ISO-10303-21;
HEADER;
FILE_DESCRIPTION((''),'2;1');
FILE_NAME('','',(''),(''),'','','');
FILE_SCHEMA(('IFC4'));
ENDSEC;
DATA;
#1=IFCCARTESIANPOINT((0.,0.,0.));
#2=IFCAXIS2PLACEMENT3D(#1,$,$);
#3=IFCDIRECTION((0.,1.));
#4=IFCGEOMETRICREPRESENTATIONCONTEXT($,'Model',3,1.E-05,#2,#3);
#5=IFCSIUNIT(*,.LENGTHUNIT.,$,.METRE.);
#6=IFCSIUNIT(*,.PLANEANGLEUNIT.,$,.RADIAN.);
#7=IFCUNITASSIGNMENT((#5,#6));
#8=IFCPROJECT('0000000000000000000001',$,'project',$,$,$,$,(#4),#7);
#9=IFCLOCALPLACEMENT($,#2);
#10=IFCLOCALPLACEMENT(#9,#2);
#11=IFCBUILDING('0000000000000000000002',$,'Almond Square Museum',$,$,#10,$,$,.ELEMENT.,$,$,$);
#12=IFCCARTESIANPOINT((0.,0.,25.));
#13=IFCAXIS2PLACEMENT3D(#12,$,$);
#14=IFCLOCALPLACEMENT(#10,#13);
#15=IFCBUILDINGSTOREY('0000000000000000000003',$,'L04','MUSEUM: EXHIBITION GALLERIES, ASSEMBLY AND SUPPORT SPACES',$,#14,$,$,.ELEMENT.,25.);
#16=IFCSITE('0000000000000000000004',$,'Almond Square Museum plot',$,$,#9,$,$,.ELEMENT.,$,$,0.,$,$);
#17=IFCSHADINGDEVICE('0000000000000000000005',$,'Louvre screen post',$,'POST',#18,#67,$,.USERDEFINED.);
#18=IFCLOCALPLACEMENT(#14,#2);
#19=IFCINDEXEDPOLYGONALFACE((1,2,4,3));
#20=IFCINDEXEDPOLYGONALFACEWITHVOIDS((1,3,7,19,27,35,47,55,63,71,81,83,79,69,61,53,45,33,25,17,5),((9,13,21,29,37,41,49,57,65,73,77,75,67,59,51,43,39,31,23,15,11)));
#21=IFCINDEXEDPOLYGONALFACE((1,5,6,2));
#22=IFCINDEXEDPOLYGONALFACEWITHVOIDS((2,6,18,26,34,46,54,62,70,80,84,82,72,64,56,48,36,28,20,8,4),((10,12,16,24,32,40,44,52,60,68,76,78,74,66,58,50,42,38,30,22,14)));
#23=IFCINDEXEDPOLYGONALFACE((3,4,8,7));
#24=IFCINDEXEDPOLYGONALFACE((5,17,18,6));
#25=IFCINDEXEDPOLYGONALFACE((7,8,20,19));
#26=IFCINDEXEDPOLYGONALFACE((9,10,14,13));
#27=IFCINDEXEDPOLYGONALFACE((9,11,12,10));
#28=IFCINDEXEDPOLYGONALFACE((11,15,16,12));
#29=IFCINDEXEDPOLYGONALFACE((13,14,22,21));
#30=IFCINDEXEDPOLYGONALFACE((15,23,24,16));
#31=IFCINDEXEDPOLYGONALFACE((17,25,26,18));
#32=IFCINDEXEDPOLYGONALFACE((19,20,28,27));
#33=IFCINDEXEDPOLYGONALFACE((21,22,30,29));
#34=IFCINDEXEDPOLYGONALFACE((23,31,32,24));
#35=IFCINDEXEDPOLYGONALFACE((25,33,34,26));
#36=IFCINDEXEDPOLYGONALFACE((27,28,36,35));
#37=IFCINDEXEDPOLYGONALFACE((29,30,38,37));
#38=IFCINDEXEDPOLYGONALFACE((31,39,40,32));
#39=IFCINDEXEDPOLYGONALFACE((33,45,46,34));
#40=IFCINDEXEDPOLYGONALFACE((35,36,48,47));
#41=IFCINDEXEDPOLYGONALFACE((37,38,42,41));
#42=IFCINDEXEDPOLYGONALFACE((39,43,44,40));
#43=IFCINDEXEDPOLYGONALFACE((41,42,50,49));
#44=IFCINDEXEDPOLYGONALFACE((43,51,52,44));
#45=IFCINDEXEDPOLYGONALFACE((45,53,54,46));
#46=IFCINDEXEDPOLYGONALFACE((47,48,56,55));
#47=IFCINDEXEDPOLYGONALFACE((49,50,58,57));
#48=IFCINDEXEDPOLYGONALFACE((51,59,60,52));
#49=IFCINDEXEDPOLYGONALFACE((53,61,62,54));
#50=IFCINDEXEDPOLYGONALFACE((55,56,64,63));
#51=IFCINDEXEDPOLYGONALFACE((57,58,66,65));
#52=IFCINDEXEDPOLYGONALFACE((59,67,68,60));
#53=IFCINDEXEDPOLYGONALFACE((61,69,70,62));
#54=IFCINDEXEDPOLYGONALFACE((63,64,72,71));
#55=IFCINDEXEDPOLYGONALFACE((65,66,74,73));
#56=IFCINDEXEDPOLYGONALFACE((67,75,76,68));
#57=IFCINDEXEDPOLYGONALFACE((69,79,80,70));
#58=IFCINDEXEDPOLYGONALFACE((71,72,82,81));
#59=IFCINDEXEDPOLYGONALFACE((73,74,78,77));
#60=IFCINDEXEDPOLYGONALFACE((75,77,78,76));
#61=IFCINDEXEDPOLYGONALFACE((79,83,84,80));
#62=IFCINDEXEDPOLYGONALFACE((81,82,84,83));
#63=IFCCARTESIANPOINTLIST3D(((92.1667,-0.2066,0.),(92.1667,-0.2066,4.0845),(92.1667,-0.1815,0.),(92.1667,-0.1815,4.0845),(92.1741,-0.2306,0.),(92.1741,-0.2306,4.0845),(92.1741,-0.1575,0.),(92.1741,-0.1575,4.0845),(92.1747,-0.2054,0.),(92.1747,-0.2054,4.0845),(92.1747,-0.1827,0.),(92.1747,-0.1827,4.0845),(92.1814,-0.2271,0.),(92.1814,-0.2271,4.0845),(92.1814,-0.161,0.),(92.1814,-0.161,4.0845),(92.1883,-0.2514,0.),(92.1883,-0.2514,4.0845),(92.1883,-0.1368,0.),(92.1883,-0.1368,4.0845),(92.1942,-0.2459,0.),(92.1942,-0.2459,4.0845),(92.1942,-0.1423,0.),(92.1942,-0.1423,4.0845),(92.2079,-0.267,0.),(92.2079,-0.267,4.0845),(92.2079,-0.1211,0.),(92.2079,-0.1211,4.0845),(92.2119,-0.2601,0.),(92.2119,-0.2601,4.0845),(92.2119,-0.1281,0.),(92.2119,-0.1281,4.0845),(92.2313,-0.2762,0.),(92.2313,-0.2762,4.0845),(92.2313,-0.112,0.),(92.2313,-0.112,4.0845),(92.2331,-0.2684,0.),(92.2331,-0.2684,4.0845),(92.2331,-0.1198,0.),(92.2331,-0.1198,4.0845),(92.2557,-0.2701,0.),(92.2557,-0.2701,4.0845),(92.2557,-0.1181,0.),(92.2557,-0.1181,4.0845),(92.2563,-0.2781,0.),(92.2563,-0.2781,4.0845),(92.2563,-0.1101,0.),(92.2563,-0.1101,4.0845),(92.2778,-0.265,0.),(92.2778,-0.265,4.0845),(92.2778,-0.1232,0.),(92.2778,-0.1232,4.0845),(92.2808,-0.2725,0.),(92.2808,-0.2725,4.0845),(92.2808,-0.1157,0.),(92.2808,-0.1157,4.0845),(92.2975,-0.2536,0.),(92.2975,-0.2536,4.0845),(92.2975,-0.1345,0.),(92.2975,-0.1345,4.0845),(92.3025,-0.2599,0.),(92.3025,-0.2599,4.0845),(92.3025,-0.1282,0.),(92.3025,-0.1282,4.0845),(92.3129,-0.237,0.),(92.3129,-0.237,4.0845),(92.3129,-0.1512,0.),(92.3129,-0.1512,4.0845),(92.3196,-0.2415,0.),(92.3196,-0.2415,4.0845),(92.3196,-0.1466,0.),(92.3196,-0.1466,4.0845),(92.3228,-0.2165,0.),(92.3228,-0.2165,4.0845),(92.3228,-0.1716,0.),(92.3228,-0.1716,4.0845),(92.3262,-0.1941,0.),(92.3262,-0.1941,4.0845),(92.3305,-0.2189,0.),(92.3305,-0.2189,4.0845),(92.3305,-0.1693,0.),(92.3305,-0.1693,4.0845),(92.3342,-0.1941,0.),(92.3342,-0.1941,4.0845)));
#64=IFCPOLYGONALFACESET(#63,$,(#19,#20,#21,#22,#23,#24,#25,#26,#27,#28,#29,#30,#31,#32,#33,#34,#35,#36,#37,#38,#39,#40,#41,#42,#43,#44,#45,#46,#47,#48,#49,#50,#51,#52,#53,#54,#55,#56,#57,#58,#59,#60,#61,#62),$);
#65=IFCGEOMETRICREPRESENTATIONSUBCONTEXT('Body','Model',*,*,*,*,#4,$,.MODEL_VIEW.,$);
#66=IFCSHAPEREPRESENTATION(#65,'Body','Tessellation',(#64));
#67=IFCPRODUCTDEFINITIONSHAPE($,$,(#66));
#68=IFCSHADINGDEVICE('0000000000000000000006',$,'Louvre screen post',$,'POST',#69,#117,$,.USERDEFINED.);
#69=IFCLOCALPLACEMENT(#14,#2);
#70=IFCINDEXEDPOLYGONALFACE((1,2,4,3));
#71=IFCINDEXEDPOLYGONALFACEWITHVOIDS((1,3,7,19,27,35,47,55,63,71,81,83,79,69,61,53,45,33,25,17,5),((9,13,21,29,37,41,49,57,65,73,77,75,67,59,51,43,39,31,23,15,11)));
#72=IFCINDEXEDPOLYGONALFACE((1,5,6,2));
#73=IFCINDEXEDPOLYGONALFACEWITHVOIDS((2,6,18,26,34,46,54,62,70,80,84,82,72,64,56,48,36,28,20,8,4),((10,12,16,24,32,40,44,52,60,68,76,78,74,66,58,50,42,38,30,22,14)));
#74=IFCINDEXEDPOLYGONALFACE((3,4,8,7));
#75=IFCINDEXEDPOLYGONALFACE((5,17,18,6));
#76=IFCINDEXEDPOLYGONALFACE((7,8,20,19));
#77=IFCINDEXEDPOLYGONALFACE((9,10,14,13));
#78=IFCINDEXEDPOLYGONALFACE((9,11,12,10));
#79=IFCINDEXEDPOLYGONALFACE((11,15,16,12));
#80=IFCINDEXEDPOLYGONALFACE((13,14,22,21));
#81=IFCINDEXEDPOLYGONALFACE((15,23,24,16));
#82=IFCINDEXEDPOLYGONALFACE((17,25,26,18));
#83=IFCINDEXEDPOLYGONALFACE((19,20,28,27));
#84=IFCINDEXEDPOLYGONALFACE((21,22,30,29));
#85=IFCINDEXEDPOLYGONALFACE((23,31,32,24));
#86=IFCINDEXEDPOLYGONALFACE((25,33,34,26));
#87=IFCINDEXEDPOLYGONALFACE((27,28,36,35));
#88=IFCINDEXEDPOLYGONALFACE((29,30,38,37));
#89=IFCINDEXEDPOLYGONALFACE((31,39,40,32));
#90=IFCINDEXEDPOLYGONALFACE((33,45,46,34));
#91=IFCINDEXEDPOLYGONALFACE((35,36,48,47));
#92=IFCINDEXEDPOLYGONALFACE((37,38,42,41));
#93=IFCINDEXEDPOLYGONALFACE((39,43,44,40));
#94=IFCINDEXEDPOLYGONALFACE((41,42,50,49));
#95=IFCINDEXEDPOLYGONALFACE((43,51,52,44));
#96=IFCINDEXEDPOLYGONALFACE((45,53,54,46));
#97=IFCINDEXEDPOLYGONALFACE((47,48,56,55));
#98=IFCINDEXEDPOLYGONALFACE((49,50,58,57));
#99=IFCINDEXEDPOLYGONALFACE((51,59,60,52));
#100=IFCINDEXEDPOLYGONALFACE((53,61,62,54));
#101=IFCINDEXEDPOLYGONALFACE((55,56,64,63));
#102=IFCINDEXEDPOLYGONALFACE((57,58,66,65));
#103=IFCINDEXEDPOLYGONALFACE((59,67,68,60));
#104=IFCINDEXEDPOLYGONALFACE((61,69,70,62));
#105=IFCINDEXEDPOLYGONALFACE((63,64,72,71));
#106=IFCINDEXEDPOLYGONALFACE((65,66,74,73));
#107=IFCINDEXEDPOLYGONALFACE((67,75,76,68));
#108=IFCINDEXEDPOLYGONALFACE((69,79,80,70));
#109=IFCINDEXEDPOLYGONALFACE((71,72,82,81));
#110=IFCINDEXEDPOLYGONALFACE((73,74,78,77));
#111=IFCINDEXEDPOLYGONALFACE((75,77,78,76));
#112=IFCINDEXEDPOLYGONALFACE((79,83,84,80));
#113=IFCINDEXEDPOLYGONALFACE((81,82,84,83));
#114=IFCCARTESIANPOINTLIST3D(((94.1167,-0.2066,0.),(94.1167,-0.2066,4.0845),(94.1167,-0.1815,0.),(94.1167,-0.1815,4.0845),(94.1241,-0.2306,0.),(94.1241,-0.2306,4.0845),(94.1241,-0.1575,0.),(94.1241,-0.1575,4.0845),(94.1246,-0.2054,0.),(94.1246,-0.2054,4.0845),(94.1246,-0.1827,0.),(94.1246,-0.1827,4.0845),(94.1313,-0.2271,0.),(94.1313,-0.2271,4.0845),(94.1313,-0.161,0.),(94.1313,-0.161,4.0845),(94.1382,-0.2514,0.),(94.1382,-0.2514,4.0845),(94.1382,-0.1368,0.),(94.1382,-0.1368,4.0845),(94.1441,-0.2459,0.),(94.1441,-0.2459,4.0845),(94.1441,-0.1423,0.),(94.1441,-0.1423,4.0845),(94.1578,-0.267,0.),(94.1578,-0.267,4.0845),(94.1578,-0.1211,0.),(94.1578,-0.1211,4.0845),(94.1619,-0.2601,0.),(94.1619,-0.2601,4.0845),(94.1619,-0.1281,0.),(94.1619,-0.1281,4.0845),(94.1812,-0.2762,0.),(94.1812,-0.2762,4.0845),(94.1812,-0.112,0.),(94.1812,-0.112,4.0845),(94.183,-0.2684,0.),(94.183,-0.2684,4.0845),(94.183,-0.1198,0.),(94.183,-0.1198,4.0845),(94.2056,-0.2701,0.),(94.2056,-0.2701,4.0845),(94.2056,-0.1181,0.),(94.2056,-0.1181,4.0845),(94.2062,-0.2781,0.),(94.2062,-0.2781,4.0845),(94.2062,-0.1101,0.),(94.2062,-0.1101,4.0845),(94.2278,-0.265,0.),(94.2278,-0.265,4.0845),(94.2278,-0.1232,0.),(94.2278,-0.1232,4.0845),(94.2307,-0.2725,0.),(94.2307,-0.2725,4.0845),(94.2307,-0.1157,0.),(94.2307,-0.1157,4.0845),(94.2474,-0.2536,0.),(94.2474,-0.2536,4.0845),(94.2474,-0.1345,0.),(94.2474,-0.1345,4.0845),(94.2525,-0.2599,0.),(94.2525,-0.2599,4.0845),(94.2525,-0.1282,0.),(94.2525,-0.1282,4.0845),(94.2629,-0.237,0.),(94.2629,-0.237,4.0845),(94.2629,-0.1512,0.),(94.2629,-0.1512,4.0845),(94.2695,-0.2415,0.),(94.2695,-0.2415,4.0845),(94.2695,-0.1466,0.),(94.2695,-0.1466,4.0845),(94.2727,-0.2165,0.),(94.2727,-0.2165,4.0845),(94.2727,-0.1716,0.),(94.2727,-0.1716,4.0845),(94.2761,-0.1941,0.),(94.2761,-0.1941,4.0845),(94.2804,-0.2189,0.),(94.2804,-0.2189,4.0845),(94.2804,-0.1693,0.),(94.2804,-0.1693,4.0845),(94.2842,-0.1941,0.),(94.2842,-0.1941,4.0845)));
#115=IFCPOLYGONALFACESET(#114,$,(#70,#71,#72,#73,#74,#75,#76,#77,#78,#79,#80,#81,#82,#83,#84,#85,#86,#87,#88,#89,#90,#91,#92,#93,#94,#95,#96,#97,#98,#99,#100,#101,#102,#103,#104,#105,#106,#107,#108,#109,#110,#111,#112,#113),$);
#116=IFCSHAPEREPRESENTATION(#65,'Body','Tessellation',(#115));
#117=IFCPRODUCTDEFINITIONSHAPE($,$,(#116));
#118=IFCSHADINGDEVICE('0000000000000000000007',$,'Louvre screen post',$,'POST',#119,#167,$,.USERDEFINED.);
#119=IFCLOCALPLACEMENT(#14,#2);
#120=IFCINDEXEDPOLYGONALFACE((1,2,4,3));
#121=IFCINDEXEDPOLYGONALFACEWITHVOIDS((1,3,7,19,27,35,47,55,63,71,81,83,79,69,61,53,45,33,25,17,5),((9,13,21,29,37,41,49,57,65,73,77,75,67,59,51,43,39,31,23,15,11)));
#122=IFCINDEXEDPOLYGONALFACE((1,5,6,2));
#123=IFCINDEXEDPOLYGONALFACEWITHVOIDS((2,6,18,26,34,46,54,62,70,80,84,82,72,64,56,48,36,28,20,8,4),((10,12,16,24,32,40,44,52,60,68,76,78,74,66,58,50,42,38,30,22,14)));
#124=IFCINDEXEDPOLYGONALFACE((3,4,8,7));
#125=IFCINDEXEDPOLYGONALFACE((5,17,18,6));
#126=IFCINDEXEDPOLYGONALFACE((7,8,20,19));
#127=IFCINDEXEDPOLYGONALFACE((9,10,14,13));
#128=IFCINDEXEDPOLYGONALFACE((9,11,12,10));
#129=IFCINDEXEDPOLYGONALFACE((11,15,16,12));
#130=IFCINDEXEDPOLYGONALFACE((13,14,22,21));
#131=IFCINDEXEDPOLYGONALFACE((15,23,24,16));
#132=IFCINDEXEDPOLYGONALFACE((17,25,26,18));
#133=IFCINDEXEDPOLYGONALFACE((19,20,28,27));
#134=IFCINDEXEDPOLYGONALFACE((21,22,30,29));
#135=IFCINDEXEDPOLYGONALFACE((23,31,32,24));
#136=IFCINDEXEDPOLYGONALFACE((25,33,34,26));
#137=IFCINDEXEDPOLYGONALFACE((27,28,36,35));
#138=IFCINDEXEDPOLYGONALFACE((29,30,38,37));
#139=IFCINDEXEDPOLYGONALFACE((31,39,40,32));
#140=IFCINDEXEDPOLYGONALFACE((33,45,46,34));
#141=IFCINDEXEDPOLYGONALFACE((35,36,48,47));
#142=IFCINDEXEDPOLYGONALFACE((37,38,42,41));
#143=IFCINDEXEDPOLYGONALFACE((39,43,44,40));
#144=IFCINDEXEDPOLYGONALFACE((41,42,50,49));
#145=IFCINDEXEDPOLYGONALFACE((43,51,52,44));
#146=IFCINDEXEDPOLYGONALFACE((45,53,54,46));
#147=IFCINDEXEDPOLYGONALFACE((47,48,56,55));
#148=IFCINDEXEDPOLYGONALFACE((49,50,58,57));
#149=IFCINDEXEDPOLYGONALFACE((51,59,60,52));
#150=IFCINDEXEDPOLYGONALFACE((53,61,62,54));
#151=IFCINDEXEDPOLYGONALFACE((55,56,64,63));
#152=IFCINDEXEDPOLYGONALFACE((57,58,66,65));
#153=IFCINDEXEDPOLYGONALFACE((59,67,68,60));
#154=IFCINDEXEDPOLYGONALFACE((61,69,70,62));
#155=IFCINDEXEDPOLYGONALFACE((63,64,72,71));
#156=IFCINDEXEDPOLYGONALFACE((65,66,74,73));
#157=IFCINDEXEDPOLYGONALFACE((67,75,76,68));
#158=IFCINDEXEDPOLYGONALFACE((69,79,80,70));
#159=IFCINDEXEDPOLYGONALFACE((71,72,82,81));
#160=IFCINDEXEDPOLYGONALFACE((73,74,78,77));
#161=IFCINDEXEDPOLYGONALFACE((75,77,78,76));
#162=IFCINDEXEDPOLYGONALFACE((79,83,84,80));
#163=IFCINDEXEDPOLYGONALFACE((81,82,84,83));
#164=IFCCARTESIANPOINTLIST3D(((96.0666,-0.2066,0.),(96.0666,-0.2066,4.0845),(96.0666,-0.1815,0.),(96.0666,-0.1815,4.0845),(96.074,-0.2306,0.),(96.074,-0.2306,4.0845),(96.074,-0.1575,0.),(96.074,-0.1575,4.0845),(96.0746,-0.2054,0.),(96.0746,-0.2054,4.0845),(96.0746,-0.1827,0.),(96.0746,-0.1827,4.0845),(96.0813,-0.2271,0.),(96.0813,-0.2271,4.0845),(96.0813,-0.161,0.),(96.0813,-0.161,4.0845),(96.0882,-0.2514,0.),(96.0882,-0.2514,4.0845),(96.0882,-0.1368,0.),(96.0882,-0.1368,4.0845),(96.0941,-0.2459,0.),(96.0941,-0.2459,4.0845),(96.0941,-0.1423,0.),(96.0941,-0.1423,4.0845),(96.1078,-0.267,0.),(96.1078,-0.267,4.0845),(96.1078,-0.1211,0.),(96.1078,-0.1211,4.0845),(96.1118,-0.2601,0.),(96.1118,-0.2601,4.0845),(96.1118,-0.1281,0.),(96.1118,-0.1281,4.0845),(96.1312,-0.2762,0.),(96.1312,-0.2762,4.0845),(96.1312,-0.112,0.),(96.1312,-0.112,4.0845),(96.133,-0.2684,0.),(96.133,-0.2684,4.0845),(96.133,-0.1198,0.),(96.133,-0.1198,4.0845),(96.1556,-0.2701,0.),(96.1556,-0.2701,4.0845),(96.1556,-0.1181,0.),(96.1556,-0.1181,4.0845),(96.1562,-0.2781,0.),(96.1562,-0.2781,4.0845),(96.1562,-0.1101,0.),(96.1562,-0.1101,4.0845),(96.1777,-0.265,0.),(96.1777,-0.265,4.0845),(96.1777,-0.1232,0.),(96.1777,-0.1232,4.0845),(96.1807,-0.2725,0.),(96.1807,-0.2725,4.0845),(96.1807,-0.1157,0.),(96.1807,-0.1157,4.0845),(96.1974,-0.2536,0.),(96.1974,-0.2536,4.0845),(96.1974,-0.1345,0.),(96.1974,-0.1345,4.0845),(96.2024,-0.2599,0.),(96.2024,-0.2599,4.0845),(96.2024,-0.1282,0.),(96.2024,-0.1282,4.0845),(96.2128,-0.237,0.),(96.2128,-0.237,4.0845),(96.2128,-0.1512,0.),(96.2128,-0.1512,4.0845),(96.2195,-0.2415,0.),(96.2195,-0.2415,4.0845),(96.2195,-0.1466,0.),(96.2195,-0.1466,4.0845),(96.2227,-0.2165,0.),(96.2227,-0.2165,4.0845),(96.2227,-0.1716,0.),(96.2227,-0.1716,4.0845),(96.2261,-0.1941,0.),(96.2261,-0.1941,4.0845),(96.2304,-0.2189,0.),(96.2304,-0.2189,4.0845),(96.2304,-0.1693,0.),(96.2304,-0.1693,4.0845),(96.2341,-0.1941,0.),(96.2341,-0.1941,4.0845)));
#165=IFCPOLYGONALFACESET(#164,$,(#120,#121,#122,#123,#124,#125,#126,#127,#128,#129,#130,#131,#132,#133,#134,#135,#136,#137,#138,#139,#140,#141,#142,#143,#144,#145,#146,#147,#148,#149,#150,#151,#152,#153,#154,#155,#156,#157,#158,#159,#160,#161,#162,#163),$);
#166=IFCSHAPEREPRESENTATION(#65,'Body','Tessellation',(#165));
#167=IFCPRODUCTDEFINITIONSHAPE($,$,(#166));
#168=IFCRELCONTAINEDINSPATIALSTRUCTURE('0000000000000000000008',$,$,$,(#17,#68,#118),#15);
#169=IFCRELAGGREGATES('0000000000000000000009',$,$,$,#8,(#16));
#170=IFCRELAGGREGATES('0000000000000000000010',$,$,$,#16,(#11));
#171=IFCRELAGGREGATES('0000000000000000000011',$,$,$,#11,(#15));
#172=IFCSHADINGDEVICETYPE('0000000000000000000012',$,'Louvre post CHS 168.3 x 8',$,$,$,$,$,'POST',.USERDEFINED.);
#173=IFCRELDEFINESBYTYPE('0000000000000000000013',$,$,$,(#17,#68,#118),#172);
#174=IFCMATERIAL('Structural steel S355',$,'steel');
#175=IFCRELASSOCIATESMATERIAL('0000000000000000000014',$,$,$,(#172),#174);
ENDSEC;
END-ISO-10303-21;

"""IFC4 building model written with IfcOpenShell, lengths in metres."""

from ifc_helpers import new_model, si_unit, direction, frame, origin, origin_2d, place, context, subcontext, project, spatial, hollow_circle, extrude, material, material_profile, profile_set, type_object, element, save


model = new_model("IFC4")

# Units and contexts
model_context = context("Model", 3, precision=1e-05, world=origin(), true_north=direction((0.0, 1.0)))
body_context = subcontext(model_context, "Body", "Model", "MODEL_VIEW")
ifc_project = project(units=[si_unit("LENGTHUNIT", "METRE"), si_unit("PLANEANGLEUNIT", "RADIAN")], contexts=[model_context])

# Site, building, storey
site_placement = place(None, origin())
site = spatial("IfcSite", under=ifc_project, at=site_placement, Name="Almond Square Museum plot", CompositionType="ELEMENT", RefElevation=0.0)
building_placement = place(site_placement, origin())
building = spatial("IfcBuilding", under=site, at=building_placement, Name="Almond Square Museum", CompositionType="ELEMENT")
storey_placement = place(building_placement, frame((0.0, 0.0, 25.0)))
storey = spatial("IfcBuildingStorey", under=building, at=storey_placement, Name="L04", Description="MUSEUM: EXHIBITION GALLERIES, ASSEMBLY AND SUPPORT SPACES", CompositionType="ELEMENT", Elevation=25.0)

# Shading devices
ifc_material_1 = material(Name="Structural steel S355", Category="steel")
ifc_material_profile_1 = material_profile(ifc_material_1, hollow_circle(Radius=0.0842, WallThickness=0.0081, at=origin_2d()))
ifc_profile_set_1 = profile_set([ifc_material_profile_1], Name="Structural steel S355")
shading_device_type = type_object("IfcShadingDeviceType", Name="Louvre post CHS 168.3 x 8", ElementType="POST", PredefinedType="USERDEFINED", material=ifc_profile_set_1)
for number, where, z_axis, x_axis, name in (
    (1, (92.25, -0.1941, 0.0), (0.0, 0.0, 1.0), (1.0, 0.0, 0.0), "Louvre screen post"),
    (2, (94.2, -0.1941, 0.0), (0.0, 0.0, 1.0), (1.0, 0.0, 0.0), "Louvre screen post"),
    (3, (96.1499, -0.1941, 0.0), (0.0, 0.0, 1.0), (1.0, 0.0, 0.0), "Louvre screen post"),
):
    element("IfcShadingDevice", number, at=place(storey_placement, frame(where, z_axis=z_axis, x_axis=x_axis)), inside=storey, type_object=shading_device_type, Name=name, ObjectType="POST", PredefinedType="USERDEFINED", context=body_context, shape_type="SweptSolid", body=[
        extrude(hollow_circle(Radius=0.0842, WallThickness=0.0081, at=origin_2d()), origin(), (0.0, 0.0, 1.0), 4.0845),
    ])

save(model, "model.ifc")
